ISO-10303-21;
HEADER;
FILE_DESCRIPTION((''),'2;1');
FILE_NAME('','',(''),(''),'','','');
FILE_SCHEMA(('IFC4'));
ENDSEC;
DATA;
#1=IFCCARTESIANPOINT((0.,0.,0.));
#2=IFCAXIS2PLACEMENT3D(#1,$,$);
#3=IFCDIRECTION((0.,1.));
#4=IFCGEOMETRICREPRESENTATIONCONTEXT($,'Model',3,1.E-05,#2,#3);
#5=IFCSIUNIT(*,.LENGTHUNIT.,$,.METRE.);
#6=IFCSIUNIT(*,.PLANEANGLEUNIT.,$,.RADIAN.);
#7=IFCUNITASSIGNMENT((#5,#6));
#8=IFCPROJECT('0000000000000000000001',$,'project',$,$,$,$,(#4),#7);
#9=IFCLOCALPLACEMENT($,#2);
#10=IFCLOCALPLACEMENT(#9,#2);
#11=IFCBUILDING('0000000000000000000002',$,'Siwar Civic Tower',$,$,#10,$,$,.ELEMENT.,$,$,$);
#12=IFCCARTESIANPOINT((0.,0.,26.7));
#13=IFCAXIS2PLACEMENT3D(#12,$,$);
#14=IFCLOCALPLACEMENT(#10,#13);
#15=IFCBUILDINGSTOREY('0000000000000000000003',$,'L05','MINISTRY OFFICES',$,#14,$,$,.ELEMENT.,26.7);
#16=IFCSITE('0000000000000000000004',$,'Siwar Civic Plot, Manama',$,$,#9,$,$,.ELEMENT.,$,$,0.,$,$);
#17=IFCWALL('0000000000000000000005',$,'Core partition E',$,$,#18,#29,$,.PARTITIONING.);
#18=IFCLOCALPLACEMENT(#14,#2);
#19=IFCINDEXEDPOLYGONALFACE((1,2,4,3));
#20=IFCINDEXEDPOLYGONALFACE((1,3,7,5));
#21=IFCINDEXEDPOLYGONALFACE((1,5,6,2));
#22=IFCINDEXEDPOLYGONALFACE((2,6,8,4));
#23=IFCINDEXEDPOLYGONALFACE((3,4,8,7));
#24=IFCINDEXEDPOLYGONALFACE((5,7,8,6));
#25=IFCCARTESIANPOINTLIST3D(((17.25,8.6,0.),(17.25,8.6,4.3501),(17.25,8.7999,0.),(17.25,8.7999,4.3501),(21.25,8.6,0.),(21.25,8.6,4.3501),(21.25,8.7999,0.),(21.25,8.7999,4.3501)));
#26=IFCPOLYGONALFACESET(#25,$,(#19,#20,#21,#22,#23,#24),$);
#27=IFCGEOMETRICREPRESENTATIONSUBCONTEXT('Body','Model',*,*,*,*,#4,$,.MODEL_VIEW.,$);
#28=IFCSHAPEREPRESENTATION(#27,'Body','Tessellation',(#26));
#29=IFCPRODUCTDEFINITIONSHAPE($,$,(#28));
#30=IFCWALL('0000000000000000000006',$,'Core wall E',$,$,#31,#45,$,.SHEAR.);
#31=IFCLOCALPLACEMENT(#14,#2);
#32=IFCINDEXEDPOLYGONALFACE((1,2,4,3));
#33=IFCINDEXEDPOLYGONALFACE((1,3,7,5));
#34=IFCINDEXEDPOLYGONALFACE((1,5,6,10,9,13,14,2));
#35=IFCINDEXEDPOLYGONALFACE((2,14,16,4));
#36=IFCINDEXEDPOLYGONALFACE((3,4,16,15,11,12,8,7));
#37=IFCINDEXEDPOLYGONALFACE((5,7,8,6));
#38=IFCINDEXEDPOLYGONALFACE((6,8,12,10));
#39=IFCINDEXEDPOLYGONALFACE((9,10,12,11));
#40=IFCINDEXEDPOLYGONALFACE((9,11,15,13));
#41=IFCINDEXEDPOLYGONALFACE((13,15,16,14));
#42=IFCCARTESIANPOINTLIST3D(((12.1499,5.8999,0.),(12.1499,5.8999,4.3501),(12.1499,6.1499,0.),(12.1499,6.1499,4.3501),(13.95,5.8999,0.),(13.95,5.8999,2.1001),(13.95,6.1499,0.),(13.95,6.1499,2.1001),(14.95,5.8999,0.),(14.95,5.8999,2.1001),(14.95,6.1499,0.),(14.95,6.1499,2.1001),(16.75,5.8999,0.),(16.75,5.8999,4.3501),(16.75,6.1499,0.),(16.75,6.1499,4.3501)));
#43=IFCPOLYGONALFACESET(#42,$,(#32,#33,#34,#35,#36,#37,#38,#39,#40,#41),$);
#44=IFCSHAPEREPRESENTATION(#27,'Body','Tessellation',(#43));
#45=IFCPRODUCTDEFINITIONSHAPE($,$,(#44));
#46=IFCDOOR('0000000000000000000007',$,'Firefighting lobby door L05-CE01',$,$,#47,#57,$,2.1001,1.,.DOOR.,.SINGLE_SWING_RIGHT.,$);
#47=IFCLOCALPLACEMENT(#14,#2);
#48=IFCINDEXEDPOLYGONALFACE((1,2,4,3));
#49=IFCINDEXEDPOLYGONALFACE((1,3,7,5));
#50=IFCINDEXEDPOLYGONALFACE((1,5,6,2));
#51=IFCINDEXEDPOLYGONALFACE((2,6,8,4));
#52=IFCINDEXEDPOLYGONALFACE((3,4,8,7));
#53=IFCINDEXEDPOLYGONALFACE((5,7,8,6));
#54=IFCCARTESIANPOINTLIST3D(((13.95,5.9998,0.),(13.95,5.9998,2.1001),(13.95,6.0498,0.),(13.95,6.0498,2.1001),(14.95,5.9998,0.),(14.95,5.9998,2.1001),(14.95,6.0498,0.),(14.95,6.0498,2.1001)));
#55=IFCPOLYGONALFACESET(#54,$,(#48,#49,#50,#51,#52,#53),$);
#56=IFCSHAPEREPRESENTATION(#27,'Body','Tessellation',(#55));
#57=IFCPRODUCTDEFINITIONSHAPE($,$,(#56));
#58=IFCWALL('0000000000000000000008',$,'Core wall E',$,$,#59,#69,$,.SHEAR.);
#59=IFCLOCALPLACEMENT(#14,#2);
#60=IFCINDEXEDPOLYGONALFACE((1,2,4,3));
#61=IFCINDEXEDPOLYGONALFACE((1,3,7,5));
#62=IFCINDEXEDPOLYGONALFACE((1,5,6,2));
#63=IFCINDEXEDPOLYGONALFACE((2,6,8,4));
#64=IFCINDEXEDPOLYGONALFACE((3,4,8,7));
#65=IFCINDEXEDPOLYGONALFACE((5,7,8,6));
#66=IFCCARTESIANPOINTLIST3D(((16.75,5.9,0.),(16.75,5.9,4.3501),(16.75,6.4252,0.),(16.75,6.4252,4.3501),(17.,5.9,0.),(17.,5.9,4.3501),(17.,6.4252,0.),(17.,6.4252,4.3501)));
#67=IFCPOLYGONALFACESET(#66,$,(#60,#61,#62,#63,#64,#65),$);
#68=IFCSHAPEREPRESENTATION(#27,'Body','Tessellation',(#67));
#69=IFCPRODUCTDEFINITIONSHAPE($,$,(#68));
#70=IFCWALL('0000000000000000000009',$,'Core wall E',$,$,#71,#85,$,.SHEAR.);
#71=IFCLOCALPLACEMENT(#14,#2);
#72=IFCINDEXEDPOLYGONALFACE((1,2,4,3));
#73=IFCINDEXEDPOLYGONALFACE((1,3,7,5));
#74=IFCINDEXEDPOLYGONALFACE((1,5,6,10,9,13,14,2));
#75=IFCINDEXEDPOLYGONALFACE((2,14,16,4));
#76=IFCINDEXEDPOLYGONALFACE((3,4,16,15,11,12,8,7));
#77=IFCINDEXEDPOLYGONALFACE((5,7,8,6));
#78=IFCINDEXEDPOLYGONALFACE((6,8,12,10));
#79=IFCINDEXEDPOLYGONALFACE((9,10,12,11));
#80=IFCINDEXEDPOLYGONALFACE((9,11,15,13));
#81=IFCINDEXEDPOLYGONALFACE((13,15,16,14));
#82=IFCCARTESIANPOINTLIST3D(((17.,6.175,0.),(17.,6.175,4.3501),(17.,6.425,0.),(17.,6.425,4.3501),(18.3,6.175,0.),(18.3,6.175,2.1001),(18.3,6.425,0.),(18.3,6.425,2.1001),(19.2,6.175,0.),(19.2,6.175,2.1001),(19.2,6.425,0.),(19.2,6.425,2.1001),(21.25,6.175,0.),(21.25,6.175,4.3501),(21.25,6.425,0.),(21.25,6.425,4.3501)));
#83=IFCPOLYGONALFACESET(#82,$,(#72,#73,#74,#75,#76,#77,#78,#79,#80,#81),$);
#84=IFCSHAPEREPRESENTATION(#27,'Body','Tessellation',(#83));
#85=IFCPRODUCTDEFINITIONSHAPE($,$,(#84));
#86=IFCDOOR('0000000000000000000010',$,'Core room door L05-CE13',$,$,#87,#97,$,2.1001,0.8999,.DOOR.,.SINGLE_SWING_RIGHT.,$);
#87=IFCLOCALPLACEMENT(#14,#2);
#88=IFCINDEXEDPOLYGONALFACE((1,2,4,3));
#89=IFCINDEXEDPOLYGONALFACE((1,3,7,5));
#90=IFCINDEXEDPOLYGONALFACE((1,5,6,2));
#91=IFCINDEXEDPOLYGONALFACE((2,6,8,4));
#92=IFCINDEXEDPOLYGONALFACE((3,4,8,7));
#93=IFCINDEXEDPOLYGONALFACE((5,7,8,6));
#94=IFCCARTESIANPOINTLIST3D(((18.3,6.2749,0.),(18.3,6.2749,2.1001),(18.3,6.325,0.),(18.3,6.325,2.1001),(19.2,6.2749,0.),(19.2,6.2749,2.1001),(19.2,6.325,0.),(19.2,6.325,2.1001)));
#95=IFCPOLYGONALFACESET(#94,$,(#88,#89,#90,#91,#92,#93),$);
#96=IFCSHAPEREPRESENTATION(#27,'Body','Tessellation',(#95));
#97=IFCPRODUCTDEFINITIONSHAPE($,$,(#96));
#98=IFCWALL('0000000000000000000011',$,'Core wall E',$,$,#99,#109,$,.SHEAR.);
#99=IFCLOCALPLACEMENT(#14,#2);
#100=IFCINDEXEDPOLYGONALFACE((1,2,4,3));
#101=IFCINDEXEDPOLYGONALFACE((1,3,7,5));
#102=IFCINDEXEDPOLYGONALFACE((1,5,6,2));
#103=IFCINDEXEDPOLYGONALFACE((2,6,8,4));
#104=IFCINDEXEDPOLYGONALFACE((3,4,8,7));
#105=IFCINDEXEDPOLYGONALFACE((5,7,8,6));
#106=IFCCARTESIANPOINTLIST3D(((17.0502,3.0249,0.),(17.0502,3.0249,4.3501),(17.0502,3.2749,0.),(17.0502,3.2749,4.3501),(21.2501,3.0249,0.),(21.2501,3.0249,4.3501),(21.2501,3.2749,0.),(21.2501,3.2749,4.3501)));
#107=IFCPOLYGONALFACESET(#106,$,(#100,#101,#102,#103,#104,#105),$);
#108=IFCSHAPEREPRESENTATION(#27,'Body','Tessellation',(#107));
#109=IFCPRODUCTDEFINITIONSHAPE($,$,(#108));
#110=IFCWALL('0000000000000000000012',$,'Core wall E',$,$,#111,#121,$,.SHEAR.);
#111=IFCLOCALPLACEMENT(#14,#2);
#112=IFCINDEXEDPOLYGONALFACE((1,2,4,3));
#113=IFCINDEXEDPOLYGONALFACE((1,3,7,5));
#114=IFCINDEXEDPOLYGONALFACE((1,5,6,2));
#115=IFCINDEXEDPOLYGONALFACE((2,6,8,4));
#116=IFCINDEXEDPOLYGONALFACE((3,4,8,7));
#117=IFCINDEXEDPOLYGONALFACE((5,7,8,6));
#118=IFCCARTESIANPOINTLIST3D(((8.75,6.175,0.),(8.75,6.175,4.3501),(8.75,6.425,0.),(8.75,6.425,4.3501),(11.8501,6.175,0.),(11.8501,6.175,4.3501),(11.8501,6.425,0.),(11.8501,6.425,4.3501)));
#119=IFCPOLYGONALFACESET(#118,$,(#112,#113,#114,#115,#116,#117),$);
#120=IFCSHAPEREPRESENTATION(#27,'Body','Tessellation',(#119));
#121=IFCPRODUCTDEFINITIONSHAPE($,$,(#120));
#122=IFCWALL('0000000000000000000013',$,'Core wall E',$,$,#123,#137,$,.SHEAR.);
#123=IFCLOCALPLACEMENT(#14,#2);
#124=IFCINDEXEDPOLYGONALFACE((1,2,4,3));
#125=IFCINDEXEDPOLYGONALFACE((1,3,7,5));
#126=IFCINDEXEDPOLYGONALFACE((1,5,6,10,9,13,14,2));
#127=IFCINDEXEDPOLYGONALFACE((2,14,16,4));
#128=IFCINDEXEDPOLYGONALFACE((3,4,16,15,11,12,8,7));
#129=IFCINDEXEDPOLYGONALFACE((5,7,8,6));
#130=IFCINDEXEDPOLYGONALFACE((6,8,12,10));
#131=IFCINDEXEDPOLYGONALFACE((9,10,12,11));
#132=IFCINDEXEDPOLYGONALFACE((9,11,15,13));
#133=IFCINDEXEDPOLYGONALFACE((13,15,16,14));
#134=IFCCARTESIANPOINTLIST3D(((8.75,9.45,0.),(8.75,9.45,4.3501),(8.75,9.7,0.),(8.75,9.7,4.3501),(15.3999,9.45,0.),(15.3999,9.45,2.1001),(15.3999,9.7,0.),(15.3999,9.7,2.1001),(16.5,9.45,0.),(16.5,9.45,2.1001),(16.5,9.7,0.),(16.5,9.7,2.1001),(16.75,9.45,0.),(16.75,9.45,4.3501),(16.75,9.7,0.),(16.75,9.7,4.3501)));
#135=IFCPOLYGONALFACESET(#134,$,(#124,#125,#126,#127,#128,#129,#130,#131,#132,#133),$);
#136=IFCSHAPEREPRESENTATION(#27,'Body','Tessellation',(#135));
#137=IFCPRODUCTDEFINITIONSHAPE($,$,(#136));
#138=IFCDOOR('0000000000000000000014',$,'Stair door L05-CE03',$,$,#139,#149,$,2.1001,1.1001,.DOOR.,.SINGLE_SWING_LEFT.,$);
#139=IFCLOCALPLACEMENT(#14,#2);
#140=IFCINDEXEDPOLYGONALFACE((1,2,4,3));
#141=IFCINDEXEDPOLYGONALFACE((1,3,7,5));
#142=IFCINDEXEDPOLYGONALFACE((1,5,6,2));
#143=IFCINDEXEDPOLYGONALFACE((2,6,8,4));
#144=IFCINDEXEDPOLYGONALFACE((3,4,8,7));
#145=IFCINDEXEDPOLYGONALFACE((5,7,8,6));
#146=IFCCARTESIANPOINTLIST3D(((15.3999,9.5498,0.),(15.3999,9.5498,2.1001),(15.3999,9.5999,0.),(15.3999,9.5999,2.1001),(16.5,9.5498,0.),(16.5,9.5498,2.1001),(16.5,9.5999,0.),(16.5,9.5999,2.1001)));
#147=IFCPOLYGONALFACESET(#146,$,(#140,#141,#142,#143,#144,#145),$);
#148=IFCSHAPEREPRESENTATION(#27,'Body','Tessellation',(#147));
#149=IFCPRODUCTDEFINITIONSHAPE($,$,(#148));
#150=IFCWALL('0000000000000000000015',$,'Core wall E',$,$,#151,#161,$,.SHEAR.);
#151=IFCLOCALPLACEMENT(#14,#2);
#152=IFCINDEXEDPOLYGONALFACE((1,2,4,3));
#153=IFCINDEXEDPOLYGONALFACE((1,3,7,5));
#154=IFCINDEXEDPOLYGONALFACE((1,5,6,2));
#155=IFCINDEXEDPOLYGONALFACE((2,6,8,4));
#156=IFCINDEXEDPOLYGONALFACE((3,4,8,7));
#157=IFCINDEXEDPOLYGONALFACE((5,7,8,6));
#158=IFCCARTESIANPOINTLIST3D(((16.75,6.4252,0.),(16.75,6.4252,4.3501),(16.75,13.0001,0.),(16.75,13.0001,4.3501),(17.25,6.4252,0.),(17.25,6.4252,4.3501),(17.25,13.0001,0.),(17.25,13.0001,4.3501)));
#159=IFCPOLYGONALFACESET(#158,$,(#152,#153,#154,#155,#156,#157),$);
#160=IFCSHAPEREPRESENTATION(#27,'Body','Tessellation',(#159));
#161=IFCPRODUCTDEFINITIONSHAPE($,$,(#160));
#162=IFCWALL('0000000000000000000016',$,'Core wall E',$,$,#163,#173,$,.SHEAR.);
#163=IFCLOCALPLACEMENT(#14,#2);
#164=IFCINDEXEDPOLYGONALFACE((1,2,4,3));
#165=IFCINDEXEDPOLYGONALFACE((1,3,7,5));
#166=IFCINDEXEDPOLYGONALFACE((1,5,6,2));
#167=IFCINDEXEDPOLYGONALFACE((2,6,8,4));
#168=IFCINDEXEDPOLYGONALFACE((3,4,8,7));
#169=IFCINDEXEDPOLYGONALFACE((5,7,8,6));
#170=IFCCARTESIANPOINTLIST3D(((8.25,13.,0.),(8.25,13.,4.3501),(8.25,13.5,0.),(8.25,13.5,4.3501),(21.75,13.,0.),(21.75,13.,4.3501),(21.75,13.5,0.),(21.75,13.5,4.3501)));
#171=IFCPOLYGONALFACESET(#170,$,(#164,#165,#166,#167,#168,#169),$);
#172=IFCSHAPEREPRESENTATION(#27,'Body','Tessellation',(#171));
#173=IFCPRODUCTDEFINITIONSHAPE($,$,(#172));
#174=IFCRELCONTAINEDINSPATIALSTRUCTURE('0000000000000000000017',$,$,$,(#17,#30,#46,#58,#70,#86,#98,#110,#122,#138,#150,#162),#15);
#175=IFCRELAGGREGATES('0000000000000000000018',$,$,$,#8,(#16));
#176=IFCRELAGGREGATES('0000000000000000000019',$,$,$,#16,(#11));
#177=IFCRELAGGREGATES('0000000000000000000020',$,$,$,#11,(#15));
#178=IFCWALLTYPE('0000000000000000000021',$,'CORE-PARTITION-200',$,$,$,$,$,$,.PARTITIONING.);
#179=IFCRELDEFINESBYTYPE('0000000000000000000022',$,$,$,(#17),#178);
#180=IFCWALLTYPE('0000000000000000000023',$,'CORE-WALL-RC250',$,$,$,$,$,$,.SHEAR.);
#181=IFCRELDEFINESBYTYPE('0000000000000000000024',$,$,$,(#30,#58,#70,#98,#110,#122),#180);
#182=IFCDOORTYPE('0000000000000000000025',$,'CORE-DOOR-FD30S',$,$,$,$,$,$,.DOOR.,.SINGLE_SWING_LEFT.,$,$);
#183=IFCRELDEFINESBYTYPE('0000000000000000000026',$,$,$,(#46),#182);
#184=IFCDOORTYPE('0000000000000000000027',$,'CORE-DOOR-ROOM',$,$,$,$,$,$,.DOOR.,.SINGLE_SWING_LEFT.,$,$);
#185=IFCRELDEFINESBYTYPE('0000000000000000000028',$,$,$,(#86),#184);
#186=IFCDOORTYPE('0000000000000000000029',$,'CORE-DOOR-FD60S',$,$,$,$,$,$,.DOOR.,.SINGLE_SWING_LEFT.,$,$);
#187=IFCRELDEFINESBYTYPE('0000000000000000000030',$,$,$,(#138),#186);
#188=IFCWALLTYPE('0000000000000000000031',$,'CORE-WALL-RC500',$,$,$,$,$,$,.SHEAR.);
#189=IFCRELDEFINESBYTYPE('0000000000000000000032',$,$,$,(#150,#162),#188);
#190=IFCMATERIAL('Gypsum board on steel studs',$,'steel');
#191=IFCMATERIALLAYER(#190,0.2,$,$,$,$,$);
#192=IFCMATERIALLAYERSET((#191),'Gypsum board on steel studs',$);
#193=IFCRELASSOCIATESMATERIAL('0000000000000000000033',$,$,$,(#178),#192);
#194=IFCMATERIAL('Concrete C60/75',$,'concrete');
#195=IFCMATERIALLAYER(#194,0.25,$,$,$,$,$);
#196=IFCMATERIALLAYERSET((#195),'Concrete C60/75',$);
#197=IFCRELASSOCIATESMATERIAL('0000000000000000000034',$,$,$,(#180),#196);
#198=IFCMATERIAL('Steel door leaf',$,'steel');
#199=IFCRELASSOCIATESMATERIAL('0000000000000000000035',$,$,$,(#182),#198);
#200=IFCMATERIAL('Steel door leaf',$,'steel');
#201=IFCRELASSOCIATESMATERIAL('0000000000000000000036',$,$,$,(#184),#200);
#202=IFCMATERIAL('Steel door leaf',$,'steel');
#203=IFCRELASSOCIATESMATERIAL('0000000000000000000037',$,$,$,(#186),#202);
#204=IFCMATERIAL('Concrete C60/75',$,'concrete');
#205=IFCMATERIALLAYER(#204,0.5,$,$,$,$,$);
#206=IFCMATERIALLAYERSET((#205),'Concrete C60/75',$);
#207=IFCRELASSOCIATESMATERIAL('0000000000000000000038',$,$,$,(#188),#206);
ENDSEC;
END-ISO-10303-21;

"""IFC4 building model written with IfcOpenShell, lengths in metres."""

from ifc_helpers import new_model, si_unit, direction, frame, frame_2d, origin, place, context, subcontext, project, spatial, rectangle, extrude, material, layer, layer_set, type_object, element, fill, save


model = new_model("IFC4")

# Units and contexts
model_context = context("Model", 3, precision=1e-05, world=origin(), true_north=direction((0.0, 1.0)))
body_context = subcontext(model_context, "Body", "Model", "MODEL_VIEW")
ifc_project = project(units=[si_unit("LENGTHUNIT", "METRE"), si_unit("PLANEANGLEUNIT", "RADIAN")], contexts=[model_context])

# Site, building, storey
site_placement = place(None, origin())
site = spatial("IfcSite", under=ifc_project, at=site_placement, Name="Siwar Civic Plot, Manama", CompositionType="ELEMENT", RefElevation=0.0)
building_placement = place(site_placement, origin())
building = spatial("IfcBuilding", under=site, at=building_placement, Name="Siwar Civic Tower", CompositionType="ELEMENT")
storey_placement = place(building_placement, frame((0.0, 0.0, 26.7)))
storey = spatial("IfcBuildingStorey", under=building, at=storey_placement, Name="L05", Description="MINISTRY OFFICES", CompositionType="ELEMENT", Elevation=26.7)

# Wall
ifc_material_1 = material(Name="Gypsum board on steel studs", Category="steel")
ifc_layer_1 = layer(ifc_material_1, 0.2)
ifc_layer_set_1 = layer_set([ifc_layer_1], Name="Gypsum board on steel studs")
wall_type_1 = type_object("IfcWallType", Name="CORE-PARTITION-200", PredefinedType="PARTITIONING", material=ifc_layer_set_1)
wall_1_placement = place(storey_placement, frame((17.25, 8.7, 0.0), z_axis=(0.0, 0.0, 1.0), x_axis=(1.0, 0.0, 0.0)))
element("IfcWall", 1, at=wall_1_placement, inside=storey, type_object=wall_type_1, Name="Core partition E", PredefinedType="PARTITIONING", context=body_context, shape_type="SweptSolid", body=[
    extrude(rectangle(XDim=4.0, YDim=0.2, at=frame_2d((2.0, 0.0))), origin(), (0.0, 0.0, 1.0), 4.3501),
])

# Wall, opening, door
ifc_material_2 = material(Name="Concrete C60/75", Category="concrete")
ifc_layer_2 = layer(ifc_material_2, 0.25)
ifc_layer_set_2 = layer_set([ifc_layer_2], Name="Concrete C60/75")
wall_type_2 = type_object("IfcWallType", Name="CORE-WALL-RC250", PredefinedType="SHEAR", material=ifc_layer_set_2)
wall_2_placement = place(storey_placement, frame((12.1499, 6.0249, 0.0), z_axis=(0.0, 0.0, 1.0), x_axis=(1.0, 0.0, 0.0)))
wall_2 = element("IfcWall", 2, at=wall_2_placement, inside=storey, type_object=wall_type_2, Name="Core wall E", PredefinedType="SHEAR", context=body_context, shape_type="SweptSolid", body=[
    extrude(rectangle(XDim=4.6001, YDim=0.25, at=frame_2d((2.3, 0.0))), origin(), (0.0, 0.0, 1.0), 4.3501),
])
opening_1_placement = place(wall_2_placement, frame((1.8, 0.0, 0.0)))
opening_1 = element("IfcOpeningElement", 3, at=opening_1_placement, cuts=wall_2, PredefinedType="OPENING", context=body_context, shape_type="SweptSolid", body=[
    extrude(rectangle(XDim=1.0, YDim=2.1001, at=frame_2d((0.5, 1.05))), frame((0.0, 0.135, 0.0), z_axis=(0.0, -1.0, 0.0), x_axis=(1.0, 0.0, 0.0)), (0.0, 0.0, 1.0), 0.27),
])
ifc_material_3 = material(Name="Steel door leaf", Category="steel")
door_type_1 = type_object("IfcDoorType", Name="CORE-DOOR-FD30S", OperationType="SINGLE_SWING_LEFT", PredefinedType="DOOR", material=ifc_material_3)
door_1_placement = place(opening_1_placement, origin())
door_1 = element("IfcDoor", 4, at=door_1_placement, inside=storey, type_object=door_type_1, Name="Firefighting lobby door L05-CE01", OperationType="SINGLE_SWING_RIGHT", OverallHeight=2.1001, OverallWidth=1.0, PredefinedType="DOOR", context=body_context, shape_type="SweptSolid", body=[
    extrude(rectangle(XDim=1.0, YDim=2.1001, at=frame_2d((0.5, 1.05))), frame((0.0, 0.0249, 0.0), z_axis=(0.0, -1.0, 0.0), x_axis=(1.0, 0.0, 0.0)), (0.0, 0.0, 1.0), 0.05),
])
fill(opening_1, door_1)

# Wall
wall_3_placement = place(storey_placement, frame((16.875, 5.8999, 0.0), z_axis=(0.0, 0.0, 1.0), x_axis=(0.0, 1.0, 0.0)))
element("IfcWall", 5, at=wall_3_placement, inside=storey, type_object=wall_type_2, Name="Core wall E", PredefinedType="SHEAR", context=body_context, shape_type="SweptSolid", body=[
    extrude(rectangle(XDim=0.5251, YDim=0.25, at=frame_2d((0.2627, 0.0))), origin(), (0.0, 0.0, 1.0), 4.3501),
])

# Wall, opening, door
wall_4_placement = place(storey_placement, frame((17.0, 6.3, 0.0), z_axis=(0.0, 0.0, 1.0), x_axis=(1.0, 0.0, 0.0)))
wall_4 = element("IfcWall", 6, at=wall_4_placement, inside=storey, type_object=wall_type_2, Name="Core wall E", PredefinedType="SHEAR", context=body_context, shape_type="SweptSolid", body=[
    extrude(rectangle(XDim=4.25, YDim=0.25, at=frame_2d((2.125, 0.0))), origin(), (0.0, 0.0, 1.0), 4.3501),
])
opening_2_placement = place(wall_4_placement, frame((1.3, 0.0, 0.0)))
opening_2 = element("IfcOpeningElement", 7, at=opening_2_placement, cuts=wall_4, PredefinedType="OPENING", context=body_context, shape_type="SweptSolid", body=[
    extrude(rectangle(XDim=0.8999, YDim=2.1001, at=frame_2d((0.45, 1.05))), frame((0.0, 0.135, 0.0), z_axis=(0.0, -1.0, 0.0), x_axis=(1.0, 0.0, 0.0)), (0.0, 0.0, 1.0), 0.27),
])
ifc_material_4 = material(Name="Steel door leaf", Category="steel")
door_type_2 = type_object("IfcDoorType", Name="CORE-DOOR-ROOM", OperationType="SINGLE_SWING_LEFT", PredefinedType="DOOR", material=ifc_material_4)
door_2_placement = place(opening_2_placement, origin())
door_2 = element("IfcDoor", 8, at=door_2_placement, inside=storey, type_object=door_type_2, Name="Core room door L05-CE13", OperationType="SINGLE_SWING_RIGHT", OverallHeight=2.1001, OverallWidth=0.8999, PredefinedType="DOOR", context=body_context, shape_type="SweptSolid", body=[
    extrude(rectangle(XDim=0.8999, YDim=2.1001, at=frame_2d((0.45, 1.05))), frame((0.0, 0.0249, 0.0), z_axis=(0.0, -1.0, 0.0), x_axis=(1.0, 0.0, 0.0)), (0.0, 0.0, 1.0), 0.05),
])
fill(opening_2, door_2)

# Walls
wall_5_placement = place(storey_placement, frame((17.05, 3.1499, 0.0), z_axis=(0.0, 0.0, 1.0), x_axis=(1.0, 0.0, 0.0)))
element("IfcWall", 9, at=wall_5_placement, inside=storey, type_object=wall_type_2, Name="Core wall E", PredefinedType="SHEAR", context=body_context, shape_type="SweptSolid", body=[
    extrude(rectangle(XDim=4.2, YDim=0.25, at=frame_2d((2.1001, 0.0))), origin(), (0.0, 0.0, 1.0), 4.3501),
])
wall_6_placement = place(storey_placement, frame((8.75, 6.3, 0.0), z_axis=(0.0, 0.0, 1.0), x_axis=(1.0, 0.0, 0.0)))
element("IfcWall", 10, at=wall_6_placement, inside=storey, type_object=wall_type_2, Name="Core wall E", PredefinedType="SHEAR", context=body_context, shape_type="SweptSolid", body=[
    extrude(rectangle(XDim=3.1001, YDim=0.25, at=frame_2d((1.55, 0.0))), origin(), (0.0, 0.0, 1.0), 4.3501),
])

# Wall, opening, door
wall_7_placement = place(storey_placement, frame((8.75, 9.575, 0.0), z_axis=(0.0, 0.0, 1.0), x_axis=(1.0, 0.0, 0.0)))
wall_7 = element("IfcWall", 11, at=wall_7_placement, inside=storey, type_object=wall_type_2, Name="Core wall E", PredefinedType="SHEAR", context=body_context, shape_type="SweptSolid", body=[
    extrude(rectangle(XDim=8.0, YDim=0.25, at=frame_2d((4.0, 0.0))), origin(), (0.0, 0.0, 1.0), 4.3501),
])
opening_3_placement = place(wall_7_placement, frame((6.6499, 0.0, 0.0)))
opening_3 = element("IfcOpeningElement", 12, at=opening_3_placement, cuts=wall_7, PredefinedType="OPENING", context=body_context, shape_type="SweptSolid", body=[
    extrude(rectangle(XDim=1.1001, YDim=2.1001, at=frame_2d((0.55, 1.05))), frame((0.0, 0.135, 0.0), z_axis=(0.0, -1.0, 0.0), x_axis=(1.0, 0.0, 0.0)), (0.0, 0.0, 1.0), 0.27),
])
ifc_material_5 = material(Name="Steel door leaf", Category="steel")
door_type_3 = type_object("IfcDoorType", Name="CORE-DOOR-FD60S", OperationType="SINGLE_SWING_LEFT", PredefinedType="DOOR", material=ifc_material_5)
door_3_placement = place(opening_3_placement, origin())
door_3 = element("IfcDoor", 13, at=door_3_placement, inside=storey, type_object=door_type_3, Name="Stair door L05-CE03", OperationType="SINGLE_SWING_LEFT", OverallHeight=2.1001, OverallWidth=1.1001, PredefinedType="DOOR", context=body_context, shape_type="SweptSolid", body=[
    extrude(rectangle(XDim=1.1001, YDim=2.1001, at=frame_2d((0.55, 1.05))), frame((0.0, 0.0249, 0.0), z_axis=(0.0, -1.0, 0.0), x_axis=(1.0, 0.0, 0.0)), (0.0, 0.0, 1.0), 0.05),
])
fill(opening_3, door_3)

# Walls
ifc_material_6 = material(Name="Concrete C60/75", Category="concrete")
ifc_layer_3 = layer(ifc_material_6, 0.5)
ifc_layer_set_3 = layer_set([ifc_layer_3], Name="Concrete C60/75")
wall_type_3 = type_object("IfcWallType", Name="CORE-WALL-RC500", PredefinedType="SHEAR", material=ifc_layer_set_3)
wall_8_placement = place(storey_placement, frame((17.0, 6.425, 0.0), z_axis=(0.0, 0.0, 1.0), x_axis=(0.0, 1.0, 0.0)))
element("IfcWall", 14, at=wall_8_placement, inside=storey, type_object=wall_type_3, Name="Core wall E", PredefinedType="SHEAR", context=body_context, shape_type="SweptSolid", body=[
    extrude(rectangle(XDim=6.575, YDim=0.5, at=frame_2d((3.2876, 0.0))), origin(), (0.0, 0.0, 1.0), 4.3501),
])
wall_9_placement = place(storey_placement, frame((8.25, 13.25, 0.0), z_axis=(0.0, 0.0, 1.0), x_axis=(1.0, 0.0, 0.0)))
element("IfcWall", 15, at=wall_9_placement, inside=storey, type_object=wall_type_3, Name="Core wall E", PredefinedType="SHEAR", context=body_context, shape_type="SweptSolid", body=[
    extrude(rectangle(XDim=13.5, YDim=0.5, at=frame_2d((6.75, 0.0))), origin(), (0.0, 0.0, 1.0), 4.3501),
])

save(model, "model.ifc")
